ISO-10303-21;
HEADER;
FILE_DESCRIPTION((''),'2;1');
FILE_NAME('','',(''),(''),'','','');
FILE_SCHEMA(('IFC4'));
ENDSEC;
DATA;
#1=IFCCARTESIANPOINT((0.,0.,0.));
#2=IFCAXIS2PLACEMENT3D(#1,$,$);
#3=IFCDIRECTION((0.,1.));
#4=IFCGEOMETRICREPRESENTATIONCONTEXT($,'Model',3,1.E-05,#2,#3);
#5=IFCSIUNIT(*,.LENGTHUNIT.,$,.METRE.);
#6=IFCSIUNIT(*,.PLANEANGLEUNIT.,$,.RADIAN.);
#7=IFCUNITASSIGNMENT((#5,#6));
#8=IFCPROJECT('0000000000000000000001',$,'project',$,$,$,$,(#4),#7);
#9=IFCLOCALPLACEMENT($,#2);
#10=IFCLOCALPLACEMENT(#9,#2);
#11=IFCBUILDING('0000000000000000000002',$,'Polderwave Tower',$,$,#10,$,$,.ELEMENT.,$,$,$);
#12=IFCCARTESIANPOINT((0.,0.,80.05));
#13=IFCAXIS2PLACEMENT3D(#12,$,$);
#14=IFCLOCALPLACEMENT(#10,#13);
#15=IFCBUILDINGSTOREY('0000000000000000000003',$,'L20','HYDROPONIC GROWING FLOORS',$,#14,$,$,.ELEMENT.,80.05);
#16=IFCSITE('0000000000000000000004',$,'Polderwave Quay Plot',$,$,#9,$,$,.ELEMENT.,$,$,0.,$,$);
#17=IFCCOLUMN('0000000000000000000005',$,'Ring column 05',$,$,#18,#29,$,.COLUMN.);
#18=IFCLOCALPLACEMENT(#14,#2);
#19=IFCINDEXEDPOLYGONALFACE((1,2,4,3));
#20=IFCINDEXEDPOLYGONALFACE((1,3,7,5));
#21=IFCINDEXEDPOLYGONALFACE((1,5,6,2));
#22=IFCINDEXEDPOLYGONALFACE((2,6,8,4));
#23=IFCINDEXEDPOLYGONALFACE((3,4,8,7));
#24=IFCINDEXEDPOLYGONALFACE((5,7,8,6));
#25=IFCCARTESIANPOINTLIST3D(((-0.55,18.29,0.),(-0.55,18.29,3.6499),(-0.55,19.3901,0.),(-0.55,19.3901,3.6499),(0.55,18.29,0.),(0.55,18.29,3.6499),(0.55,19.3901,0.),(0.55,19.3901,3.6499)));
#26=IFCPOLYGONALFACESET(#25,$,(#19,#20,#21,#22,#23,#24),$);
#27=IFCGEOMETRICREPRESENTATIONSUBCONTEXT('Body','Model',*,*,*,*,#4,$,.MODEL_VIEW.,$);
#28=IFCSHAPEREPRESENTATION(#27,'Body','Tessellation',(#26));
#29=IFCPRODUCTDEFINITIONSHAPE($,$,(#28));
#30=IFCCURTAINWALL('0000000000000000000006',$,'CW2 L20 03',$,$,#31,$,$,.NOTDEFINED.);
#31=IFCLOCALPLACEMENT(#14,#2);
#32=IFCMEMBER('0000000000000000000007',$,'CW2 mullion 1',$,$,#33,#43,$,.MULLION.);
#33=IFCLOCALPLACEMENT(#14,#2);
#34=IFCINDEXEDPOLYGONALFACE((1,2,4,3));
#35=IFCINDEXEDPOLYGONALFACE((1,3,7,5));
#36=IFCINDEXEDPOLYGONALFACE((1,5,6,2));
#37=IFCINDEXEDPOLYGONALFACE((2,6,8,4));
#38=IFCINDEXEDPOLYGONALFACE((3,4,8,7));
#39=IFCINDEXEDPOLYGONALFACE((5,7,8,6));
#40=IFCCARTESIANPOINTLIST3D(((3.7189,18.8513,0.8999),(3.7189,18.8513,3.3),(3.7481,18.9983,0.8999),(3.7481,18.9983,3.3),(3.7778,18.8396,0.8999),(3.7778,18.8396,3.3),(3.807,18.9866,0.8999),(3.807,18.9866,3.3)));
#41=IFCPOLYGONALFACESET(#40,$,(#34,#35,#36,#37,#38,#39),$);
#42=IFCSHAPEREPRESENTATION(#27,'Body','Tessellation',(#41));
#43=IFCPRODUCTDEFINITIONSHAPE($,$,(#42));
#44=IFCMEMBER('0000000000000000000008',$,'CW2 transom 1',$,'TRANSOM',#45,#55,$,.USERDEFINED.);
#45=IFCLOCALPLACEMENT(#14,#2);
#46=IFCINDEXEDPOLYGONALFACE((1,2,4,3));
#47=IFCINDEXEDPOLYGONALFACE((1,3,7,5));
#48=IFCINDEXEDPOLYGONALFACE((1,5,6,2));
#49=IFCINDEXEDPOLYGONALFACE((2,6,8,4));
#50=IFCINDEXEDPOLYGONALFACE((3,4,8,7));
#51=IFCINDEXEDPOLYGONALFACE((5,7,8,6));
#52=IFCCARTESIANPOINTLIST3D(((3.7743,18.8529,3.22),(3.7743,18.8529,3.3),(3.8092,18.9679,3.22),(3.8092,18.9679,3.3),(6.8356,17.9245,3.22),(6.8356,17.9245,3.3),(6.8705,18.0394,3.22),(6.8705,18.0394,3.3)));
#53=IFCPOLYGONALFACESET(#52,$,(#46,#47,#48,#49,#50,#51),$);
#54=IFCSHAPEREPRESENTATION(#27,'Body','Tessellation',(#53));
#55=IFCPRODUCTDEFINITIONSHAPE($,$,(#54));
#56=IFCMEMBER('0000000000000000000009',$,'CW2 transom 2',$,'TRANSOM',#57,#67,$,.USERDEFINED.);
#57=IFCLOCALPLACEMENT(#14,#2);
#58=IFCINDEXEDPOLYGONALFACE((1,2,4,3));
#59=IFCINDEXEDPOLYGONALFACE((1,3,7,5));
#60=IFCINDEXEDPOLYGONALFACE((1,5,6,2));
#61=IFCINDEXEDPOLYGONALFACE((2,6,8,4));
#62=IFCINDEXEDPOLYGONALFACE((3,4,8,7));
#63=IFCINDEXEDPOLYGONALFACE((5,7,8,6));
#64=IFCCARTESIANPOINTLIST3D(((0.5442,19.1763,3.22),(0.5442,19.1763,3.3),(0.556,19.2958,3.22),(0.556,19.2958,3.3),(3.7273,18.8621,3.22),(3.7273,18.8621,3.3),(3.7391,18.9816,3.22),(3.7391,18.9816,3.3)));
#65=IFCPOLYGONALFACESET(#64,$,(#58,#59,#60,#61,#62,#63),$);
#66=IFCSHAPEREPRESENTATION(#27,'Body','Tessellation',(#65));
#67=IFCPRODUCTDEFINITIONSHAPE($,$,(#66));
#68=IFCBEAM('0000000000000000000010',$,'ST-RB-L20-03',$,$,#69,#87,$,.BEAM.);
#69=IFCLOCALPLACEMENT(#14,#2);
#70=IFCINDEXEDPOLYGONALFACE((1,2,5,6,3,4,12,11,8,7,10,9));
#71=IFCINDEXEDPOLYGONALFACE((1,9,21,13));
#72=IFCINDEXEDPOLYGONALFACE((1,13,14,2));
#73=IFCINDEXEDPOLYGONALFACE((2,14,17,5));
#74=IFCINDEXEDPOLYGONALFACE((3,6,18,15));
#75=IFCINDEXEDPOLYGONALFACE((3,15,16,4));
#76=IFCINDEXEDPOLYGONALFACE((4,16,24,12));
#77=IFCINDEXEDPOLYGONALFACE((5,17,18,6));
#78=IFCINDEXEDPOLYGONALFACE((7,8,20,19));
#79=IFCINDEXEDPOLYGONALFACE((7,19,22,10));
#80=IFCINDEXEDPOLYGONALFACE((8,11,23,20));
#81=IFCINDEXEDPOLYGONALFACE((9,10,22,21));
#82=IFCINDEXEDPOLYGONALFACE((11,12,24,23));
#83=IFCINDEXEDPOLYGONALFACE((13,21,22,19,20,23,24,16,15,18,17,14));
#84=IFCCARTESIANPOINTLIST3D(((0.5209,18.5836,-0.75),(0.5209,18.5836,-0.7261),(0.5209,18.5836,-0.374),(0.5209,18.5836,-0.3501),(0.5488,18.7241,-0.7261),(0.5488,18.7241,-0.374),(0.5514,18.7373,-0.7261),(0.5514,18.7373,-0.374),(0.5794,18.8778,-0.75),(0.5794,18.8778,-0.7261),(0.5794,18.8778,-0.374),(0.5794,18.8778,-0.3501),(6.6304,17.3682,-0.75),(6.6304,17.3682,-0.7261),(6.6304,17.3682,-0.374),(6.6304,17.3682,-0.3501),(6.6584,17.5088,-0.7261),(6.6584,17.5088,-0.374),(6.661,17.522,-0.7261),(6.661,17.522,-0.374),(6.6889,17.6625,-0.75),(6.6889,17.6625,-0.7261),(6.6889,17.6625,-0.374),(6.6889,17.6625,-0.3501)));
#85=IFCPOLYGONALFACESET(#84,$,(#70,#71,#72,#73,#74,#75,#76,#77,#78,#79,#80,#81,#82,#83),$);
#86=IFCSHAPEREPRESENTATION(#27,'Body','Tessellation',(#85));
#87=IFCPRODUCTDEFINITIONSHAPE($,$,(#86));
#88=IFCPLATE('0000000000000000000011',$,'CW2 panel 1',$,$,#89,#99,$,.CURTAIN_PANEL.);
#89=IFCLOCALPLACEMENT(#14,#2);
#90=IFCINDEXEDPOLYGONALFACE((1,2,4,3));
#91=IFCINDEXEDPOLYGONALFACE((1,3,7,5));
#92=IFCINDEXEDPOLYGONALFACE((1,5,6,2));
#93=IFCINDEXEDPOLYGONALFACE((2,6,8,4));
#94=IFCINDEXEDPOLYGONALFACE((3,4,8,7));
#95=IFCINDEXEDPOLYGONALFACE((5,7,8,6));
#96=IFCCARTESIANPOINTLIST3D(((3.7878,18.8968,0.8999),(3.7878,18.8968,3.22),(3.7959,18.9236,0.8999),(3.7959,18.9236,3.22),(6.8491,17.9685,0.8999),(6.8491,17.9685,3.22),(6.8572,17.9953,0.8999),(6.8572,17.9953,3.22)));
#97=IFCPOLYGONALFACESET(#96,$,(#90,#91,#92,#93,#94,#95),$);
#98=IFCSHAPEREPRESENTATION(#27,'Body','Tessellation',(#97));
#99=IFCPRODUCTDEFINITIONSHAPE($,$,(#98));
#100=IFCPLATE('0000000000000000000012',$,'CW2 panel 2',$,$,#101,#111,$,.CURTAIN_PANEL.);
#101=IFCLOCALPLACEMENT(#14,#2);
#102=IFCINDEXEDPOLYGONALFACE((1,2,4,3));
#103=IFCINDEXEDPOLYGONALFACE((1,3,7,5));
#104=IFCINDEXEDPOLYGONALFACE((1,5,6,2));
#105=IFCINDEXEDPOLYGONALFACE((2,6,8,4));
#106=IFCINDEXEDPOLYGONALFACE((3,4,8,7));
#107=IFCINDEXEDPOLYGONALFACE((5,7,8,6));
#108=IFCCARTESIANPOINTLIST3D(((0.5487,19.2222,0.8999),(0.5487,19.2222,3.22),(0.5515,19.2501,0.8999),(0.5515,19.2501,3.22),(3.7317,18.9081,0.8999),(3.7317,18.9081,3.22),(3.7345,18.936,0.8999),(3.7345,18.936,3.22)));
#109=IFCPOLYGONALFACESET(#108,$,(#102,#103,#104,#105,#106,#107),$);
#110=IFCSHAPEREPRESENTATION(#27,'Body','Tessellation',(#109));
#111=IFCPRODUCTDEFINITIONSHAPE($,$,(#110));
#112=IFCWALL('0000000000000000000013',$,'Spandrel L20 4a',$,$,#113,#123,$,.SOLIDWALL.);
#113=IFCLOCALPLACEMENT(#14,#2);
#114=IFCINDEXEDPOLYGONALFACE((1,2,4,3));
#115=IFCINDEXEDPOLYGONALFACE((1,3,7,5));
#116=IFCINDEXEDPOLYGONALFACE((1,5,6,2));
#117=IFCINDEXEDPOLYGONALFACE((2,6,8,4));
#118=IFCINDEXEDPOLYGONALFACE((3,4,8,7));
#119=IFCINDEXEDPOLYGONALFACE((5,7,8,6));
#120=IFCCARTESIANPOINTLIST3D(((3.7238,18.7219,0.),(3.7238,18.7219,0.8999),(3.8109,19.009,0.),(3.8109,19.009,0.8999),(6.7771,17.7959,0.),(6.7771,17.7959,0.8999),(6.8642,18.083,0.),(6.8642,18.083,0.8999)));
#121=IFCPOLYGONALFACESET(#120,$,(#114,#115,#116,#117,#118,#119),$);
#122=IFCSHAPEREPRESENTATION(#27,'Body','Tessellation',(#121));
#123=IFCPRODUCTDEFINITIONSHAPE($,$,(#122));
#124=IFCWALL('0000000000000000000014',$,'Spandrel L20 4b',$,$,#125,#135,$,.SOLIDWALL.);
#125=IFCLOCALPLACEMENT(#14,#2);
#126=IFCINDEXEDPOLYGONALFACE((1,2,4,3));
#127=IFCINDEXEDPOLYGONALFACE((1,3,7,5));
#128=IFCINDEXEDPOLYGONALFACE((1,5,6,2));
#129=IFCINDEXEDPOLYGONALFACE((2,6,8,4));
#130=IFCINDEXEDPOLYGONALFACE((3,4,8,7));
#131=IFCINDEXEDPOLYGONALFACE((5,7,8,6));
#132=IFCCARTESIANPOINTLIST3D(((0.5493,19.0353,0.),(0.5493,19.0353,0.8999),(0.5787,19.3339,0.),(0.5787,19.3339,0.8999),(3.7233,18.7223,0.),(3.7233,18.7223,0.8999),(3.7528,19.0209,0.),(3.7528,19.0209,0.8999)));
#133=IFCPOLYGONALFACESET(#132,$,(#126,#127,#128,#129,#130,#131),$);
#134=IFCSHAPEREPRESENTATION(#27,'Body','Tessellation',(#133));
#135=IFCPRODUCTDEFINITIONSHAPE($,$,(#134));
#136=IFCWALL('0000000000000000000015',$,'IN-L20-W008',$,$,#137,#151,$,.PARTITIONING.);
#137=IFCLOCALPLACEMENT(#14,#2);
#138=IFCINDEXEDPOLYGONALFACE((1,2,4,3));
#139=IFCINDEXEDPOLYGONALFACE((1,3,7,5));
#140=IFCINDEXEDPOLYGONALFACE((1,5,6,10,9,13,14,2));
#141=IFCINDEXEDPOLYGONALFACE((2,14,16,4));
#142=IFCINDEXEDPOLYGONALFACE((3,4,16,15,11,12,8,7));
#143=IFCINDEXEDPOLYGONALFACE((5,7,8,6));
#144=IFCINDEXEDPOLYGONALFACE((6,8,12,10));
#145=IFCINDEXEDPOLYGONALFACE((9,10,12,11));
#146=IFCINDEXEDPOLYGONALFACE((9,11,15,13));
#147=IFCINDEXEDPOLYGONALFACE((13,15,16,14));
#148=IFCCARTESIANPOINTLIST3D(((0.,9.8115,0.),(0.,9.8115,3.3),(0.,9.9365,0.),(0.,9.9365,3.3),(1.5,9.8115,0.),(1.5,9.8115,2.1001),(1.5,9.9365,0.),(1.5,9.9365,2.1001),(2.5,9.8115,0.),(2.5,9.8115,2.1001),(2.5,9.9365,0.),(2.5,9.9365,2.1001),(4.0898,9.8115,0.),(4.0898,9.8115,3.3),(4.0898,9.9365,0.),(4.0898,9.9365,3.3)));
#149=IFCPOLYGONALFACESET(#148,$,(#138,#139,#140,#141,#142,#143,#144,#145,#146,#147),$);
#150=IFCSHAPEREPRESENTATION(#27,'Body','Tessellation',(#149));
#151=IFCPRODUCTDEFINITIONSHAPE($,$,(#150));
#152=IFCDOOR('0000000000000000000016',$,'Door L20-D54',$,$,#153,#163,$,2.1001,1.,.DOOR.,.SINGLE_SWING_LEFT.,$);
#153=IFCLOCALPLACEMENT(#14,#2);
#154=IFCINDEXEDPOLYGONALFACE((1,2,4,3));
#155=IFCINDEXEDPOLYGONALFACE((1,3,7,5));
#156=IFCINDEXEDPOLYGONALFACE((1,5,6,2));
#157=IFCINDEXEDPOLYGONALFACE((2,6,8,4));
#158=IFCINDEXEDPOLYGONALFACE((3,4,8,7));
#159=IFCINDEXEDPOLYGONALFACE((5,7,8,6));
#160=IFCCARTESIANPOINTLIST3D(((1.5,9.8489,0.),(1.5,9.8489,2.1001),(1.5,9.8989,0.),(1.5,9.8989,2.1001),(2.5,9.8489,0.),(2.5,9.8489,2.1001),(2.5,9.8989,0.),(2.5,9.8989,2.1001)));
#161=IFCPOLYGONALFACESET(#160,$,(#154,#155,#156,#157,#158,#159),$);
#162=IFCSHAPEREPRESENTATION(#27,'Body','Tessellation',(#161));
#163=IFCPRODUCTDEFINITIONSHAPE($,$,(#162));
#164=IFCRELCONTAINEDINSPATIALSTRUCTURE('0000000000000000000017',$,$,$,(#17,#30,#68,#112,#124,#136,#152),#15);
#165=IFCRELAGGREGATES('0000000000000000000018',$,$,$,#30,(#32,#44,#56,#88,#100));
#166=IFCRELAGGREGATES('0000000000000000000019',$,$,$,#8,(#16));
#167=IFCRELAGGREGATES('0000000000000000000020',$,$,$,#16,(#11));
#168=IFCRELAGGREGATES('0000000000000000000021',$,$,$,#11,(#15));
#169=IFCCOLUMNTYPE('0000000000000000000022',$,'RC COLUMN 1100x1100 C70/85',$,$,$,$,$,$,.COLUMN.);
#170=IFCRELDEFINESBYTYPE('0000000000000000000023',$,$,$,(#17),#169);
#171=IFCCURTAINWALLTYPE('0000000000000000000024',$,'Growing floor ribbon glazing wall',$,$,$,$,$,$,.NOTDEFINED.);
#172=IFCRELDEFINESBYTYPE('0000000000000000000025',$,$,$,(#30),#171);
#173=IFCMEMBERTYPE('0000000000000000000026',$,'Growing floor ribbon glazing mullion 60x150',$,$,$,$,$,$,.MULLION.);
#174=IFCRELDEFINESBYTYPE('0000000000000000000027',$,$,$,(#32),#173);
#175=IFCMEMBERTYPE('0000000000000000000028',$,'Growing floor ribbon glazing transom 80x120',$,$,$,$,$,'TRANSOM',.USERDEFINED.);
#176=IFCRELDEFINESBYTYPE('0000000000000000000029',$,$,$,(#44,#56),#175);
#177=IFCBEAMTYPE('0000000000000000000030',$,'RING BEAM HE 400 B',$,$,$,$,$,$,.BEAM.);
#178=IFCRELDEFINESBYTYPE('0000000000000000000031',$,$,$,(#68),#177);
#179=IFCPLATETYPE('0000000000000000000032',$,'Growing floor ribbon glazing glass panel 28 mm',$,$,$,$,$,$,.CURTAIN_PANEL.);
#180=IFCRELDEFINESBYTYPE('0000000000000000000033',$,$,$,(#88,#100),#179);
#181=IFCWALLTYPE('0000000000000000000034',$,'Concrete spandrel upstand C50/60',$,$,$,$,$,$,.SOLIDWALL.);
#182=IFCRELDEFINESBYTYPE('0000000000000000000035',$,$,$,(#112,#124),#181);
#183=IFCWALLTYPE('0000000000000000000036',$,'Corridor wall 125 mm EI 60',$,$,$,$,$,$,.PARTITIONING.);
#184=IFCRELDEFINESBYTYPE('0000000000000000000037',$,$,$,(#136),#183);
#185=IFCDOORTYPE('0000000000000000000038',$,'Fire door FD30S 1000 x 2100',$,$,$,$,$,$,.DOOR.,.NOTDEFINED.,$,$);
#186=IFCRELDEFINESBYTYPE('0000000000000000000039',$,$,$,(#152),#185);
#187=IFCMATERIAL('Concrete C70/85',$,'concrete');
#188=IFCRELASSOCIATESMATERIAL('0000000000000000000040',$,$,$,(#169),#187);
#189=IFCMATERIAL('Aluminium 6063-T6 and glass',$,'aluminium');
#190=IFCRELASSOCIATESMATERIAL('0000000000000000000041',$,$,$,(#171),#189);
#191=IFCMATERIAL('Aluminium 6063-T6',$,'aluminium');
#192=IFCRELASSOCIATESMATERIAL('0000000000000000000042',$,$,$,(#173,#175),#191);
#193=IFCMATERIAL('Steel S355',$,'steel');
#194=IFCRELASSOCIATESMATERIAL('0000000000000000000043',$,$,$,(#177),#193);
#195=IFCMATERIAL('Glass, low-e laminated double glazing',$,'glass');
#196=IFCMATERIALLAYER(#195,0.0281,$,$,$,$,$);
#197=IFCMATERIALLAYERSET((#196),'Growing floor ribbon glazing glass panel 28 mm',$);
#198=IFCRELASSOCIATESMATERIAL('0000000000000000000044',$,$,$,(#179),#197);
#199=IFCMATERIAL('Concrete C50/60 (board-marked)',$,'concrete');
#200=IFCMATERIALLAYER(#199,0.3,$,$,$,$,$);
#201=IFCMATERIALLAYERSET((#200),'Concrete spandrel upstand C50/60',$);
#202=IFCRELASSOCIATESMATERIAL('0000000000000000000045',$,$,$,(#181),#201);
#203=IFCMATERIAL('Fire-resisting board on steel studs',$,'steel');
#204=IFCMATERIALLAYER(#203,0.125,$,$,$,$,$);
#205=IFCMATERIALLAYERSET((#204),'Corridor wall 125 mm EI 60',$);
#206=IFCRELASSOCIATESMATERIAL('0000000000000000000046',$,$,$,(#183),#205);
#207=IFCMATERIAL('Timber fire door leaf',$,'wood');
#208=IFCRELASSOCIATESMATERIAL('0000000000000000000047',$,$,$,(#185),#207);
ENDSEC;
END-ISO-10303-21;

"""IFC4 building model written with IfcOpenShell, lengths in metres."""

from ifc_helpers import new_model, si_unit, direction, frame, frame_2d, origin, origin_2d, place, context, subcontext, project, spatial, rectangle, i_section, extrude, material, layer, layer_set, material_profile, profile_set, type_object, element, fill, aggregate, save


model = new_model("IFC4")

# Units and contexts
model_context = context("Model", 3, precision=1e-05, world=origin(), true_north=direction((0.0, 1.0)))
body_context = subcontext(model_context, "Body", "Model", "MODEL_VIEW")
ifc_project = project(units=[si_unit("LENGTHUNIT", "METRE"), si_unit("PLANEANGLEUNIT", "RADIAN")], contexts=[model_context])

# Site, building, storey
site_placement = place(None, origin())
site = spatial("IfcSite", under=ifc_project, at=site_placement, Name="Polderwave Quay Plot", CompositionType="ELEMENT", RefElevation=0.0)
building_placement = place(site_placement, origin())
building = spatial("IfcBuilding", under=site, at=building_placement, Name="Polderwave Tower", CompositionType="ELEMENT")
storey_placement = place(building_placement, frame((0.0, 0.0, 80.05)))
storey = spatial("IfcBuildingStorey", under=building, at=storey_placement, Name="L20", Description="HYDROPONIC GROWING FLOORS", CompositionType="ELEMENT", Elevation=80.05)

# Column
ifc_material_1 = material(Name="Concrete C70/85", Category="concrete")
ifc_material_profile_1 = material_profile(ifc_material_1, rectangle(XDim=1.1001, YDim=1.1001, at=origin_2d()), Name="RC 1100x1100")
ifc_profile_set_1 = profile_set([ifc_material_profile_1], Name="Concrete C70/85")
column_type = type_object("IfcColumnType", Name="RC COLUMN 1100x1100 C70/85", PredefinedType="COLUMN", material=ifc_profile_set_1)
column_placement = place(storey_placement, frame((0.0, 18.8401, 0.0), z_axis=(0.0, 0.0, 1.0), x_axis=(0.0, 1.0, 0.0)))
element("IfcColumn", 1, at=column_placement, inside=storey, type_object=column_type, Name="Ring column 05", PredefinedType="COLUMN", context=body_context, shape_type="SweptSolid", body=[
    extrude(rectangle(XDim=1.1001, YDim=1.1001, at=origin_2d()), origin(), (0.0, 0.0, 1.0), 3.6499),
])

# Curtain wall, members
ifc_material_2 = material(Name="Aluminium 6063-T6 and glass", Category="aluminium")
curtain_wall_type = type_object("IfcCurtainWallType", Name="Growing floor ribbon glazing wall", PredefinedType="NOTDEFINED", material=ifc_material_2)
curtain_wall_placement = place(storey_placement, origin())
curtain_wall = element("IfcCurtainWall", 2, at=curtain_wall_placement, inside=storey, type_object=curtain_wall_type, Name="CW2 L20 03", PredefinedType="NOTDEFINED")
ifc_material_3 = material(Name="Aluminium 6063-T6", Category="aluminium")
ifc_material_profile_2 = material_profile(ifc_material_3, rectangle(XDim=0.1499, YDim=0.0601, at=origin_2d()), Name="AL 60x150")
ifc_profile_set_2 = profile_set([ifc_material_profile_2], Name="Aluminium 6063-T6")
member_type_1 = type_object("IfcMemberType", Name="Growing floor ribbon glazing mullion 60x150", PredefinedType="MULLION", material=ifc_profile_set_2)
member_1_placement = place(storey_placement, frame((3.7629, 18.9189, 0.8999), z_axis=(0.0, 0.0, 1.0), x_axis=(-0.195123, -0.980779, 0.0)))
member_1 = element("IfcMember", 3, at=member_1_placement, type_object=member_type_1, Name="CW2 mullion 1", PredefinedType="MULLION", context=body_context, shape_type="SweptSolid", body=[
    extrude(rectangle(XDim=0.1499, YDim=0.0601, at=origin_2d()), origin(), (0.0, 0.0, 1.0), 2.4001),
])
ifc_material_profile_3 = material_profile(ifc_material_3, rectangle(XDim=0.1201, YDim=0.0801, at=origin_2d()), Name="AL 80x120")
ifc_profile_set_3 = profile_set([ifc_material_profile_3], Name="Aluminium 6063-T6")
member_type_2 = type_object("IfcMemberType", Name="Growing floor ribbon glazing transom 80x120", ElementType="TRANSOM", PredefinedType="USERDEFINED", material=ifc_profile_set_3)
member_2_placement = place(storey_placement, frame((6.853, 17.9819, 3.26), z_axis=(-0.956954, 0.290238, 0.0), x_axis=(-0.290238, -0.956954, 0.0)))
member_2 = element("IfcMember", 4, at=member_2_placement, type_object=member_type_2, Name="CW2 transom 1", ObjectType="TRANSOM", PredefinedType="USERDEFINED", context=body_context, shape_type="SweptSolid", body=[
    extrude(rectangle(XDim=0.1201, YDim=0.0801, at=origin_2d()), origin(), (0.0, 0.0, 1.0), 3.199),
])
member_3_placement = place(storey_placement, frame((3.7332, 18.9219, 3.26), z_axis=(-0.995163, 0.098234, 0.0), x_axis=(-0.098234, -0.995163, 0.0)))
member_3 = element("IfcMember", 5, at=member_3_placement, type_object=member_type_2, Name="CW2 transom 2", ObjectType="TRANSOM", PredefinedType="USERDEFINED", context=body_context, shape_type="SweptSolid", body=[
    extrude(rectangle(XDim=0.1201, YDim=0.0801, at=origin_2d()), origin(), (0.0, 0.0, 1.0), 3.1985),
])

# Beam
ifc_material_4 = material(Name="Steel S355", Category="steel")
ifc_material_profile_4 = material_profile(ifc_material_4, i_section(OverallWidth=0.3, OverallDepth=0.3999, WebThickness=0.0134, FlangeThickness=0.0239, at=origin_2d()), Name="HE 400 B")
ifc_profile_set_4 = profile_set([ifc_material_profile_4], Name="Steel S355")
beam_type = type_object("IfcBeamType", Name="RING BEAM HE 400 B", PredefinedType="BEAM", material=ifc_profile_set_4)
beam_placement = place(storey_placement, frame((6.6597, 17.5154, -0.55), z_axis=(-0.980784, 0.195099, 0.0), x_axis=(-0.195099, -0.980784, 0.0)))
element("IfcBeam", 6, at=beam_placement, inside=storey, type_object=beam_type, Name="ST-RB-L20-03", PredefinedType="BEAM", context=body_context, shape_type="SweptSolid", body=[
    extrude(i_section(OverallWidth=0.3, OverallDepth=0.3999, WebThickness=0.0134, FlangeThickness=0.0239, at=origin_2d()), origin(), (0.0, 0.0, 1.0), 6.2292),
])

# Plates
ifc_material_5 = material(Name="Glass, low-e laminated double glazing", Category="glass")
ifc_layer_1 = layer(ifc_material_5, 0.0281)
ifc_layer_set_1 = layer_set([ifc_layer_1], Name="Growing floor ribbon glazing glass panel 28 mm")
plate_type = type_object("IfcPlateType", Name="Growing floor ribbon glazing glass panel 28 mm", PredefinedType="CURTAIN_PANEL", material=ifc_layer_set_1)
plate_1_placement = place(storey_placement, frame((5.3225, 18.446, 0.8999), z_axis=(0.0, 0.0, 1.0), x_axis=(-0.95697, 0.290188, 0.0)))
plate_1 = element("IfcPlate", 7, at=plate_1_placement, type_object=plate_type, Name="CW2 panel 1", PredefinedType="CURTAIN_PANEL", context=body_context, shape_type="SweptSolid", body=[
    extrude(rectangle(XDim=3.199, YDim=0.0281, at=origin_2d()), origin(), (0.0, 0.0, 1.0), 2.3201),
])
plate_2_placement = place(storey_placement, frame((2.1416, 19.0791, 0.8999), z_axis=(0.0, 0.0, 1.0), x_axis=(-0.995168, 0.098186, 0.0)))
plate_2 = element("IfcPlate", 8, at=plate_2_placement, type_object=plate_type, Name="CW2 panel 2", PredefinedType="CURTAIN_PANEL", context=body_context, shape_type="SweptSolid", body=[
    extrude(rectangle(XDim=3.1985, YDim=0.0281, at=origin_2d()), origin(), (0.0, 0.0, 1.0), 2.3201),
])
aggregate(curtain_wall, [member_1, member_2, member_3, plate_1, plate_2])

# Walls
ifc_material_6 = material(Name="Concrete C50/60 (board-marked)", Category="concrete")
ifc_layer_2 = layer(ifc_material_6, 0.3)
ifc_layer_set_2 = layer_set([ifc_layer_2], Name="Concrete spandrel upstand C50/60")
wall_type_1 = type_object("IfcWallType", Name="Concrete spandrel upstand C50/60", PredefinedType="SOLIDWALL", material=ifc_layer_set_2)
wall_1_placement = place(storey_placement, frame((6.8206, 17.9395, 0.0), z_axis=(0.0, 0.0, 1.0), x_axis=(-0.956954, 0.290239, 0.0)))
element("IfcWall", 9, at=wall_1_placement, inside=storey, type_object=wall_type_1, Name="Spandrel L20 4a", PredefinedType="SOLIDWALL", context=body_context, shape_type="SweptSolid", body=[
    extrude(rectangle(XDim=3.1907, YDim=0.3, at=frame_2d((1.5952, 0.0))), origin(), (0.0, 0.0, 1.0), 0.8999),
])
wall_2_placement = place(storey_placement, frame((3.738, 18.8716, 0.0), z_axis=(0.0, 0.0, 1.0), x_axis=(-0.995173, 0.098132, 0.0)))
element("IfcWall", 10, at=wall_2_placement, inside=storey, type_object=wall_type_1, Name="Spandrel L20 4b", PredefinedType="SOLIDWALL", context=body_context, shape_type="SweptSolid", body=[
    extrude(rectangle(XDim=3.1895, YDim=0.3, at=frame_2d((1.5947, 0.0))), origin(), (0.0, 0.0, 1.0), 0.8999),
])

# Wall, opening, door
ifc_material_7 = material(Name="Fire-resisting board on steel studs", Category="steel")
ifc_layer_3 = layer(ifc_material_7, 0.125)
ifc_layer_set_3 = layer_set([ifc_layer_3], Name="Corridor wall 125 mm EI 60")
wall_type_2 = type_object("IfcWallType", Name="Corridor wall 125 mm EI 60", PredefinedType="PARTITIONING", material=ifc_layer_set_3)
wall_3_placement = place(storey_placement, frame((0.0, 9.874, 0.0), z_axis=(0.0, 0.0, 1.0), x_axis=(1.0, 0.0, 0.0)))
wall_3 = element("IfcWall", 11, at=wall_3_placement, inside=storey, type_object=wall_type_2, Name="IN-L20-W008", PredefinedType="PARTITIONING", context=body_context, shape_type="SweptSolid", body=[
    extrude(rectangle(XDim=4.0898, YDim=0.125, at=frame_2d((2.0449, 0.0))), origin(), (0.0, 0.0, 1.0), 3.3),
])
opening_1_placement = place(wall_3_placement, frame((1.5, 0.0, 0.0)))
opening_1 = element("IfcOpeningElement", 12, at=opening_1_placement, cuts=wall_3, PredefinedType="OPENING", context=body_context, shape_type="SweptSolid", body=[
    extrude(rectangle(XDim=1.0, YDim=2.1001, at=frame_2d((0.5, 1.05))), frame((0.0, 0.0725, 0.0), z_axis=(0.0, -1.0, 0.0), x_axis=(1.0, 0.0, 0.0)), (0.0, 0.0, 1.0), 0.145),
])
ifc_material_8 = material(Name="Timber fire door leaf", Category="wood")
door_type_1 = type_object("IfcDoorType", Name="Fire door FD30S 1000 x 2100", OperationType="NOTDEFINED", PredefinedType="DOOR", material=ifc_material_8)
door_1_placement = place(opening_1_placement, origin())
door_1 = element("IfcDoor", 13, at=door_1_placement, inside=storey, type_object=door_type_1, Name="Door L20-D54", OperationType="SINGLE_SWING_LEFT", OverallHeight=2.1001, OverallWidth=1.0, PredefinedType="DOOR", context=body_context, shape_type="SweptSolid", body=[
    extrude(rectangle(XDim=1.0, YDim=2.1001, at=frame_2d((0.5, 1.05))), frame((0.0, 0.0249, 0.0), z_axis=(0.0, -1.0, 0.0), x_axis=(1.0, 0.0, 0.0)), (0.0, 0.0, 1.0), 0.05),
])
fill(opening_1, door_1)

save(model, "model.ifc")
